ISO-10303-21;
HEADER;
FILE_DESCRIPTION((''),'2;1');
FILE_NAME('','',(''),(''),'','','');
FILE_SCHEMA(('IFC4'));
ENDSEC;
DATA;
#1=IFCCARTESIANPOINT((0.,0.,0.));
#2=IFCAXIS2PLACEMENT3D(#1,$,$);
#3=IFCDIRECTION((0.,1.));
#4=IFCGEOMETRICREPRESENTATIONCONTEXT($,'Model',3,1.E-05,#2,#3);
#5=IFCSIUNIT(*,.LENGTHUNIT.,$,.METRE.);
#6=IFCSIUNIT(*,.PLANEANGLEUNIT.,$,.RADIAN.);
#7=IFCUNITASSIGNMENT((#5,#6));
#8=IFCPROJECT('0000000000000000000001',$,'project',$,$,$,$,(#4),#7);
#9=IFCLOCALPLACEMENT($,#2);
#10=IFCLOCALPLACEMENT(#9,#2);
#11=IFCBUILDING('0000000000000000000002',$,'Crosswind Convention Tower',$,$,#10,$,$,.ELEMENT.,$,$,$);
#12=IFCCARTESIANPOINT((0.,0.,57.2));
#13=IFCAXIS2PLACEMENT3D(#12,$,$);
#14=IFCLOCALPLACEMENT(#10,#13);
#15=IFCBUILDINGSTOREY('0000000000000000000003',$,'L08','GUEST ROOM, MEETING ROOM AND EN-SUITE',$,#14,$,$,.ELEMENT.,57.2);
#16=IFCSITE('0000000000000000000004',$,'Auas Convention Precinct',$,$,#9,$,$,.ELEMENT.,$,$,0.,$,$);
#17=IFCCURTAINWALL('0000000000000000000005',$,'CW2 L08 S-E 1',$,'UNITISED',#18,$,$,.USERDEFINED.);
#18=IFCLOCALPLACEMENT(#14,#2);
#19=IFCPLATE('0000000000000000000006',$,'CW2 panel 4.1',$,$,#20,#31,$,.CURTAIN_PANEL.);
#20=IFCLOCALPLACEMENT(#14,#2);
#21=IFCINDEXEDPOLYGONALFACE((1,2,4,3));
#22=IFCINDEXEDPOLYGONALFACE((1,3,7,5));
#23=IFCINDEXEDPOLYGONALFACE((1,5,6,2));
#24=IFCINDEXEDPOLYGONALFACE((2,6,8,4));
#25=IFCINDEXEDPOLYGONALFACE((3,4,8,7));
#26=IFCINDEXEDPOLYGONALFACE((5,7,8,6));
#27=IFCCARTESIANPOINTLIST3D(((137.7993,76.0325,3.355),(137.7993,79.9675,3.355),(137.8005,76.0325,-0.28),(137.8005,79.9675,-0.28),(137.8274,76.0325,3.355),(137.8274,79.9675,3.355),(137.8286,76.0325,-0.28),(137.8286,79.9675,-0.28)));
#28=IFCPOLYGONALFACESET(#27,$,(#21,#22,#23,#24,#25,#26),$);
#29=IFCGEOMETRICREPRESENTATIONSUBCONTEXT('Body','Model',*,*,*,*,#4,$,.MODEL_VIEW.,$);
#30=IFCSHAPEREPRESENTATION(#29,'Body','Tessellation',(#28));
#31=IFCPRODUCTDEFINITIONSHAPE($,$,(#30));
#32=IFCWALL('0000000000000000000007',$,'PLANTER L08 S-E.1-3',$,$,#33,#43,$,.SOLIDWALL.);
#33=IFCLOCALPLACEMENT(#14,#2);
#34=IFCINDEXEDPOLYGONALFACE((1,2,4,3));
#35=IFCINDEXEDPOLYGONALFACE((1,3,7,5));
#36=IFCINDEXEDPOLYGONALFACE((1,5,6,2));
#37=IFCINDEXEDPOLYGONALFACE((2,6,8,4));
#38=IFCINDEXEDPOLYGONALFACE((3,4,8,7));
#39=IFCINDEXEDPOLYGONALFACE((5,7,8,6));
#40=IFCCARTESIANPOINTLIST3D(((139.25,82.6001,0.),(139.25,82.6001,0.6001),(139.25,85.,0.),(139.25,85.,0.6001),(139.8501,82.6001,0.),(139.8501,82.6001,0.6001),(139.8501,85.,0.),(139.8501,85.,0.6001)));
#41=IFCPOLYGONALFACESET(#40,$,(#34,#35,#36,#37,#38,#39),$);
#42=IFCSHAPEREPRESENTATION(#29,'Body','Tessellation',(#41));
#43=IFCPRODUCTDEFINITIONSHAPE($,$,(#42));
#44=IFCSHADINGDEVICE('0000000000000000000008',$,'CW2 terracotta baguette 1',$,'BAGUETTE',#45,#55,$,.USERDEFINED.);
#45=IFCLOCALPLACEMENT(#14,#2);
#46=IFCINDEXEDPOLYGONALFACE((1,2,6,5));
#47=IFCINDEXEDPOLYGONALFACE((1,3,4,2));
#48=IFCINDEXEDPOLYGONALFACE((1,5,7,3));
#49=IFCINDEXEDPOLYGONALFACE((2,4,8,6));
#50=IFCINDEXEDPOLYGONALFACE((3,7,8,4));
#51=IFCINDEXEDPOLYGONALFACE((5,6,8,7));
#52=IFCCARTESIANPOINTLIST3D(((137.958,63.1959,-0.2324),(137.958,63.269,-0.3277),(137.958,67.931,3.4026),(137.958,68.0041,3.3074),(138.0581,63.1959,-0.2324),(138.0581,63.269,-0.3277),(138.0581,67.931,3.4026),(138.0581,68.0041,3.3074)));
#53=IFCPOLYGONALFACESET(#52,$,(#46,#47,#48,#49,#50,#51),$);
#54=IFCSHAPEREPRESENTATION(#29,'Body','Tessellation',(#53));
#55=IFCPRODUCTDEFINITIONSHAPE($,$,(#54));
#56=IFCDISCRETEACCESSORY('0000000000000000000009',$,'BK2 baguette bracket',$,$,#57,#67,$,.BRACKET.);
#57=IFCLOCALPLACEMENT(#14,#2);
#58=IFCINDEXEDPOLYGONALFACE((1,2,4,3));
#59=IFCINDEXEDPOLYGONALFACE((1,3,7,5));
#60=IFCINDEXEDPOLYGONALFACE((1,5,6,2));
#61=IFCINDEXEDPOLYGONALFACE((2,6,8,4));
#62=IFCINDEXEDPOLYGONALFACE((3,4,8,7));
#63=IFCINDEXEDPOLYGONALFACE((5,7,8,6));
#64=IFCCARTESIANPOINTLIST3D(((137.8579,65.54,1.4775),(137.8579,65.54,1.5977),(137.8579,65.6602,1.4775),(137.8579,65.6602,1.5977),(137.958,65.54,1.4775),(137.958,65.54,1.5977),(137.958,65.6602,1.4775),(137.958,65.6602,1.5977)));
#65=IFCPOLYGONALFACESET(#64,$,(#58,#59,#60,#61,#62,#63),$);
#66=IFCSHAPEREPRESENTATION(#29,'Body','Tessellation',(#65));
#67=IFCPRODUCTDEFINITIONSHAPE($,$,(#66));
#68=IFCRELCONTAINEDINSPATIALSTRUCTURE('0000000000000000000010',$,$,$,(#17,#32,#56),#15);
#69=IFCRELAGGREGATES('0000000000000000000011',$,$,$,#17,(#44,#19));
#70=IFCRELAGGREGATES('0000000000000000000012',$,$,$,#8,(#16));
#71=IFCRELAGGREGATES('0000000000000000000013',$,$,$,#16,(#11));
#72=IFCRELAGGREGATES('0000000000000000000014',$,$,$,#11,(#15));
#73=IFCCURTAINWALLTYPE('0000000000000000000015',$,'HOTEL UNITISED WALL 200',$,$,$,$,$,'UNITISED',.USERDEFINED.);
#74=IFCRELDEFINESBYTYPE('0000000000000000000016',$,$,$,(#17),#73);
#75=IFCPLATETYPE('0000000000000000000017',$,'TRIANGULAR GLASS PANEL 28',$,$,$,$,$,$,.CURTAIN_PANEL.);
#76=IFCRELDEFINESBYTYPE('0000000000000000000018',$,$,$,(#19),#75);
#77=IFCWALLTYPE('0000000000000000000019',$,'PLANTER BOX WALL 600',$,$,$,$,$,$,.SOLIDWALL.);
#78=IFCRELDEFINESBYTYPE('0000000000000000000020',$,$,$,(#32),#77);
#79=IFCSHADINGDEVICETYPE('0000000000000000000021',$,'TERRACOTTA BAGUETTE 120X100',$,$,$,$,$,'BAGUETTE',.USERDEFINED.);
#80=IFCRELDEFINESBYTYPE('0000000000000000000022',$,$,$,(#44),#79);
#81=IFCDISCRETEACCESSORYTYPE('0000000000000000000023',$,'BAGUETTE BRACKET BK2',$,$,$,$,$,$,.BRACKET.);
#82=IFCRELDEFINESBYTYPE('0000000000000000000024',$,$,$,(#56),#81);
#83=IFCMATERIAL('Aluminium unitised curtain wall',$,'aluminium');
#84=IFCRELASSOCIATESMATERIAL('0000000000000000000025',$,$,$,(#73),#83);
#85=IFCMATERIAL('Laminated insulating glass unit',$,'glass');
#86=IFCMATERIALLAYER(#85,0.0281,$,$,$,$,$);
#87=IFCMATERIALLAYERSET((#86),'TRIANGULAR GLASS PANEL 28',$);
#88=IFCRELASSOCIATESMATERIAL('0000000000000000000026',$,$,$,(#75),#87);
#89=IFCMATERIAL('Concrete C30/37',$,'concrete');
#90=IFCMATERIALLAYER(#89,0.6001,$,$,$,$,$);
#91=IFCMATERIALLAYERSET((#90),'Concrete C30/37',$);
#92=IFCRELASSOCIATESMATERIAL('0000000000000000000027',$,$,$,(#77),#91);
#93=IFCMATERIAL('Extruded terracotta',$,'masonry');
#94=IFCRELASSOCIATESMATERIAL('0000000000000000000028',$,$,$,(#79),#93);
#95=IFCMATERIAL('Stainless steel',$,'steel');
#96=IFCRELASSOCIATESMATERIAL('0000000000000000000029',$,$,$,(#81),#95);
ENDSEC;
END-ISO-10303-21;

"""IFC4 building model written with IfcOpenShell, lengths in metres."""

from ifc_helpers import new_model, si_unit, direction, frame, frame_2d, origin, origin_2d, place, context, subcontext, project, spatial, polyline, rectangle, outline, extrude, material, layer, layer_set, material_profile, profile_set, type_object, element, aggregate, save


model = new_model("IFC4")

# Units and contexts
model_context = context("Model", 3, precision=1e-05, world=origin(), true_north=direction((0.0, 1.0)))
body_context = subcontext(model_context, "Body", "Model", "MODEL_VIEW")
ifc_project = project(units=[si_unit("LENGTHUNIT", "METRE"), si_unit("PLANEANGLEUNIT", "RADIAN")], contexts=[model_context])

# Site, building, storey
site_placement = place(None, origin())
site = spatial("IfcSite", under=ifc_project, at=site_placement, Name="Auas Convention Precinct", CompositionType="ELEMENT", RefElevation=0.0)
building_placement = place(site_placement, origin())
building = spatial("IfcBuilding", under=site, at=building_placement, Name="Crosswind Convention Tower", CompositionType="ELEMENT")
storey_placement = place(building_placement, frame((0.0, 0.0, 57.2)))
storey = spatial("IfcBuildingStorey", under=building, at=storey_placement, Name="L08", Description="GUEST ROOM, MEETING ROOM AND EN-SUITE", CompositionType="ELEMENT", Elevation=57.2)

# Shared definitions
ifc_material_1 = material(Name="Aluminium unitised curtain wall", Category="aluminium")
curtain_wall_type = type_object("IfcCurtainWallType", Name="HOTEL UNITISED WALL 200", ElementType="UNITISED", PredefinedType="USERDEFINED", material=ifc_material_1)

# Curtain wall, plate
curtain_wall_1_placement = place(storey_placement, origin())
curtain_wall_1 = element("IfcCurtainWall", 1, at=curtain_wall_1_placement, inside=storey, type_object=curtain_wall_type, Name="CW2 L08 S-E 1", ObjectType="UNITISED", PredefinedType="USERDEFINED")
ifc_material_2 = material(Name="Laminated insulating glass unit", Category="glass")
ifc_layer_1 = layer(ifc_material_2, 0.0281)
ifc_layer_set_1 = layer_set([ifc_layer_1], Name="TRIANGULAR GLASS PANEL 28")
plate_type = type_object("IfcPlateType", Name="TRIANGULAR GLASS PANEL 28", PredefinedType="CURTAIN_PANEL", material=ifc_layer_set_1)
plate_1_placement = place(storey_placement, frame((137.8286, 76.0325, -0.28), z_axis=(1.0, 0.0, 0.000336), x_axis=(0.0, 1.0, 0.0)))
plate_1 = element("IfcPlate", 2, at=plate_1_placement, type_object=plate_type, Name="CW2 panel 4.1", PredefinedType="CURTAIN_PANEL", context=body_context, shape_type="SweptSolid", body=[
    extrude(outline(polyline([(0.0, 0.0), (3.9351, 0.0), (3.9351, 3.635), (0.0, 3.635), (0.0, 0.0)])), origin(), (0.0, 0.0, -1.0), 0.0281),
])

# Wall
ifc_material_3 = material(Name="Concrete C30/37", Category="concrete")
ifc_layer_2 = layer(ifc_material_3, 0.6001)
ifc_layer_set_2 = layer_set([ifc_layer_2], Name="Concrete C30/37")
wall_type_1 = type_object("IfcWallType", Name="PLANTER BOX WALL 600", PredefinedType="SOLIDWALL", material=ifc_layer_set_2)
wall_1_placement = place(storey_placement, frame((139.55, 82.6001, 0.0), z_axis=(0.0, 0.0, 1.0), x_axis=(0.0, 1.0, 0.0)))
element("IfcWall", 3, at=wall_1_placement, inside=storey, type_object=wall_type_1, Name="PLANTER L08 S-E.1-3", PredefinedType="SOLIDWALL", context=body_context, shape_type="SweptSolid", body=[
    extrude(rectangle(XDim=2.3999, YDim=0.6001, at=frame_2d((1.2, 0.0))), origin(), (0.0, 0.0, 1.0), 0.6001),
])

# Shading device
ifc_material_4 = material(Name="Extruded terracotta", Category="masonry")
ifc_material_profile_1 = material_profile(ifc_material_4, rectangle(XDim=0.1001, YDim=0.1201, at=origin_2d()), Name="TC 100X120")
ifc_profile_set_1 = profile_set([ifc_material_profile_1], Name="Extruded terracotta")
shading_device_type = type_object("IfcShadingDeviceType", Name="TERRACOTTA BAGUETTE 120X100", ElementType="BAGUETTE", PredefinedType="USERDEFINED", material=ifc_profile_set_1)
shading_device_placement = place(storey_placement, frame((138.0081, 63.2324, -0.28), z_axis=(0.0, 0.793221, 0.608934), x_axis=(-1.0, 0.0, 0.0)))
shading_device = element("IfcShadingDevice", 4, at=shading_device_placement, type_object=shading_device_type, Name="CW2 terracotta baguette 1", ObjectType="BAGUETTE", PredefinedType="USERDEFINED", context=body_context, shape_type="SweptSolid", body=[
    extrude(rectangle(XDim=0.1001, YDim=0.1201, at=origin_2d()), origin(), (0.0, 0.0, 1.0), 5.9695),
])
aggregate(curtain_wall_1, [shading_device, plate_1])

# Discrete accessory
ifc_material_5 = material(Name="Stainless steel", Category="steel")
discrete_accessory_type = type_object("IfcDiscreteAccessoryType", Name="BAGUETTE BRACKET BK2", PredefinedType="BRACKET", material=ifc_material_5)
discrete_accessory_placement = place(storey_placement, frame((137.908, 65.6001, 1.4775), z_axis=(0.0, 0.0, 1.0), x_axis=(0.0, 1.0, 0.0)))
element("IfcDiscreteAccessory", 5, at=discrete_accessory_placement, inside=storey, type_object=discrete_accessory_type, Name="BK2 baguette bracket", PredefinedType="BRACKET", context=body_context, shape_type="SweptSolid", body=[
    extrude(rectangle(XDim=0.1201, YDim=0.1001, at=origin_2d()), origin(), (0.0, 0.0, 1.0), 0.1201),
])

save(model, "model.ifc")
